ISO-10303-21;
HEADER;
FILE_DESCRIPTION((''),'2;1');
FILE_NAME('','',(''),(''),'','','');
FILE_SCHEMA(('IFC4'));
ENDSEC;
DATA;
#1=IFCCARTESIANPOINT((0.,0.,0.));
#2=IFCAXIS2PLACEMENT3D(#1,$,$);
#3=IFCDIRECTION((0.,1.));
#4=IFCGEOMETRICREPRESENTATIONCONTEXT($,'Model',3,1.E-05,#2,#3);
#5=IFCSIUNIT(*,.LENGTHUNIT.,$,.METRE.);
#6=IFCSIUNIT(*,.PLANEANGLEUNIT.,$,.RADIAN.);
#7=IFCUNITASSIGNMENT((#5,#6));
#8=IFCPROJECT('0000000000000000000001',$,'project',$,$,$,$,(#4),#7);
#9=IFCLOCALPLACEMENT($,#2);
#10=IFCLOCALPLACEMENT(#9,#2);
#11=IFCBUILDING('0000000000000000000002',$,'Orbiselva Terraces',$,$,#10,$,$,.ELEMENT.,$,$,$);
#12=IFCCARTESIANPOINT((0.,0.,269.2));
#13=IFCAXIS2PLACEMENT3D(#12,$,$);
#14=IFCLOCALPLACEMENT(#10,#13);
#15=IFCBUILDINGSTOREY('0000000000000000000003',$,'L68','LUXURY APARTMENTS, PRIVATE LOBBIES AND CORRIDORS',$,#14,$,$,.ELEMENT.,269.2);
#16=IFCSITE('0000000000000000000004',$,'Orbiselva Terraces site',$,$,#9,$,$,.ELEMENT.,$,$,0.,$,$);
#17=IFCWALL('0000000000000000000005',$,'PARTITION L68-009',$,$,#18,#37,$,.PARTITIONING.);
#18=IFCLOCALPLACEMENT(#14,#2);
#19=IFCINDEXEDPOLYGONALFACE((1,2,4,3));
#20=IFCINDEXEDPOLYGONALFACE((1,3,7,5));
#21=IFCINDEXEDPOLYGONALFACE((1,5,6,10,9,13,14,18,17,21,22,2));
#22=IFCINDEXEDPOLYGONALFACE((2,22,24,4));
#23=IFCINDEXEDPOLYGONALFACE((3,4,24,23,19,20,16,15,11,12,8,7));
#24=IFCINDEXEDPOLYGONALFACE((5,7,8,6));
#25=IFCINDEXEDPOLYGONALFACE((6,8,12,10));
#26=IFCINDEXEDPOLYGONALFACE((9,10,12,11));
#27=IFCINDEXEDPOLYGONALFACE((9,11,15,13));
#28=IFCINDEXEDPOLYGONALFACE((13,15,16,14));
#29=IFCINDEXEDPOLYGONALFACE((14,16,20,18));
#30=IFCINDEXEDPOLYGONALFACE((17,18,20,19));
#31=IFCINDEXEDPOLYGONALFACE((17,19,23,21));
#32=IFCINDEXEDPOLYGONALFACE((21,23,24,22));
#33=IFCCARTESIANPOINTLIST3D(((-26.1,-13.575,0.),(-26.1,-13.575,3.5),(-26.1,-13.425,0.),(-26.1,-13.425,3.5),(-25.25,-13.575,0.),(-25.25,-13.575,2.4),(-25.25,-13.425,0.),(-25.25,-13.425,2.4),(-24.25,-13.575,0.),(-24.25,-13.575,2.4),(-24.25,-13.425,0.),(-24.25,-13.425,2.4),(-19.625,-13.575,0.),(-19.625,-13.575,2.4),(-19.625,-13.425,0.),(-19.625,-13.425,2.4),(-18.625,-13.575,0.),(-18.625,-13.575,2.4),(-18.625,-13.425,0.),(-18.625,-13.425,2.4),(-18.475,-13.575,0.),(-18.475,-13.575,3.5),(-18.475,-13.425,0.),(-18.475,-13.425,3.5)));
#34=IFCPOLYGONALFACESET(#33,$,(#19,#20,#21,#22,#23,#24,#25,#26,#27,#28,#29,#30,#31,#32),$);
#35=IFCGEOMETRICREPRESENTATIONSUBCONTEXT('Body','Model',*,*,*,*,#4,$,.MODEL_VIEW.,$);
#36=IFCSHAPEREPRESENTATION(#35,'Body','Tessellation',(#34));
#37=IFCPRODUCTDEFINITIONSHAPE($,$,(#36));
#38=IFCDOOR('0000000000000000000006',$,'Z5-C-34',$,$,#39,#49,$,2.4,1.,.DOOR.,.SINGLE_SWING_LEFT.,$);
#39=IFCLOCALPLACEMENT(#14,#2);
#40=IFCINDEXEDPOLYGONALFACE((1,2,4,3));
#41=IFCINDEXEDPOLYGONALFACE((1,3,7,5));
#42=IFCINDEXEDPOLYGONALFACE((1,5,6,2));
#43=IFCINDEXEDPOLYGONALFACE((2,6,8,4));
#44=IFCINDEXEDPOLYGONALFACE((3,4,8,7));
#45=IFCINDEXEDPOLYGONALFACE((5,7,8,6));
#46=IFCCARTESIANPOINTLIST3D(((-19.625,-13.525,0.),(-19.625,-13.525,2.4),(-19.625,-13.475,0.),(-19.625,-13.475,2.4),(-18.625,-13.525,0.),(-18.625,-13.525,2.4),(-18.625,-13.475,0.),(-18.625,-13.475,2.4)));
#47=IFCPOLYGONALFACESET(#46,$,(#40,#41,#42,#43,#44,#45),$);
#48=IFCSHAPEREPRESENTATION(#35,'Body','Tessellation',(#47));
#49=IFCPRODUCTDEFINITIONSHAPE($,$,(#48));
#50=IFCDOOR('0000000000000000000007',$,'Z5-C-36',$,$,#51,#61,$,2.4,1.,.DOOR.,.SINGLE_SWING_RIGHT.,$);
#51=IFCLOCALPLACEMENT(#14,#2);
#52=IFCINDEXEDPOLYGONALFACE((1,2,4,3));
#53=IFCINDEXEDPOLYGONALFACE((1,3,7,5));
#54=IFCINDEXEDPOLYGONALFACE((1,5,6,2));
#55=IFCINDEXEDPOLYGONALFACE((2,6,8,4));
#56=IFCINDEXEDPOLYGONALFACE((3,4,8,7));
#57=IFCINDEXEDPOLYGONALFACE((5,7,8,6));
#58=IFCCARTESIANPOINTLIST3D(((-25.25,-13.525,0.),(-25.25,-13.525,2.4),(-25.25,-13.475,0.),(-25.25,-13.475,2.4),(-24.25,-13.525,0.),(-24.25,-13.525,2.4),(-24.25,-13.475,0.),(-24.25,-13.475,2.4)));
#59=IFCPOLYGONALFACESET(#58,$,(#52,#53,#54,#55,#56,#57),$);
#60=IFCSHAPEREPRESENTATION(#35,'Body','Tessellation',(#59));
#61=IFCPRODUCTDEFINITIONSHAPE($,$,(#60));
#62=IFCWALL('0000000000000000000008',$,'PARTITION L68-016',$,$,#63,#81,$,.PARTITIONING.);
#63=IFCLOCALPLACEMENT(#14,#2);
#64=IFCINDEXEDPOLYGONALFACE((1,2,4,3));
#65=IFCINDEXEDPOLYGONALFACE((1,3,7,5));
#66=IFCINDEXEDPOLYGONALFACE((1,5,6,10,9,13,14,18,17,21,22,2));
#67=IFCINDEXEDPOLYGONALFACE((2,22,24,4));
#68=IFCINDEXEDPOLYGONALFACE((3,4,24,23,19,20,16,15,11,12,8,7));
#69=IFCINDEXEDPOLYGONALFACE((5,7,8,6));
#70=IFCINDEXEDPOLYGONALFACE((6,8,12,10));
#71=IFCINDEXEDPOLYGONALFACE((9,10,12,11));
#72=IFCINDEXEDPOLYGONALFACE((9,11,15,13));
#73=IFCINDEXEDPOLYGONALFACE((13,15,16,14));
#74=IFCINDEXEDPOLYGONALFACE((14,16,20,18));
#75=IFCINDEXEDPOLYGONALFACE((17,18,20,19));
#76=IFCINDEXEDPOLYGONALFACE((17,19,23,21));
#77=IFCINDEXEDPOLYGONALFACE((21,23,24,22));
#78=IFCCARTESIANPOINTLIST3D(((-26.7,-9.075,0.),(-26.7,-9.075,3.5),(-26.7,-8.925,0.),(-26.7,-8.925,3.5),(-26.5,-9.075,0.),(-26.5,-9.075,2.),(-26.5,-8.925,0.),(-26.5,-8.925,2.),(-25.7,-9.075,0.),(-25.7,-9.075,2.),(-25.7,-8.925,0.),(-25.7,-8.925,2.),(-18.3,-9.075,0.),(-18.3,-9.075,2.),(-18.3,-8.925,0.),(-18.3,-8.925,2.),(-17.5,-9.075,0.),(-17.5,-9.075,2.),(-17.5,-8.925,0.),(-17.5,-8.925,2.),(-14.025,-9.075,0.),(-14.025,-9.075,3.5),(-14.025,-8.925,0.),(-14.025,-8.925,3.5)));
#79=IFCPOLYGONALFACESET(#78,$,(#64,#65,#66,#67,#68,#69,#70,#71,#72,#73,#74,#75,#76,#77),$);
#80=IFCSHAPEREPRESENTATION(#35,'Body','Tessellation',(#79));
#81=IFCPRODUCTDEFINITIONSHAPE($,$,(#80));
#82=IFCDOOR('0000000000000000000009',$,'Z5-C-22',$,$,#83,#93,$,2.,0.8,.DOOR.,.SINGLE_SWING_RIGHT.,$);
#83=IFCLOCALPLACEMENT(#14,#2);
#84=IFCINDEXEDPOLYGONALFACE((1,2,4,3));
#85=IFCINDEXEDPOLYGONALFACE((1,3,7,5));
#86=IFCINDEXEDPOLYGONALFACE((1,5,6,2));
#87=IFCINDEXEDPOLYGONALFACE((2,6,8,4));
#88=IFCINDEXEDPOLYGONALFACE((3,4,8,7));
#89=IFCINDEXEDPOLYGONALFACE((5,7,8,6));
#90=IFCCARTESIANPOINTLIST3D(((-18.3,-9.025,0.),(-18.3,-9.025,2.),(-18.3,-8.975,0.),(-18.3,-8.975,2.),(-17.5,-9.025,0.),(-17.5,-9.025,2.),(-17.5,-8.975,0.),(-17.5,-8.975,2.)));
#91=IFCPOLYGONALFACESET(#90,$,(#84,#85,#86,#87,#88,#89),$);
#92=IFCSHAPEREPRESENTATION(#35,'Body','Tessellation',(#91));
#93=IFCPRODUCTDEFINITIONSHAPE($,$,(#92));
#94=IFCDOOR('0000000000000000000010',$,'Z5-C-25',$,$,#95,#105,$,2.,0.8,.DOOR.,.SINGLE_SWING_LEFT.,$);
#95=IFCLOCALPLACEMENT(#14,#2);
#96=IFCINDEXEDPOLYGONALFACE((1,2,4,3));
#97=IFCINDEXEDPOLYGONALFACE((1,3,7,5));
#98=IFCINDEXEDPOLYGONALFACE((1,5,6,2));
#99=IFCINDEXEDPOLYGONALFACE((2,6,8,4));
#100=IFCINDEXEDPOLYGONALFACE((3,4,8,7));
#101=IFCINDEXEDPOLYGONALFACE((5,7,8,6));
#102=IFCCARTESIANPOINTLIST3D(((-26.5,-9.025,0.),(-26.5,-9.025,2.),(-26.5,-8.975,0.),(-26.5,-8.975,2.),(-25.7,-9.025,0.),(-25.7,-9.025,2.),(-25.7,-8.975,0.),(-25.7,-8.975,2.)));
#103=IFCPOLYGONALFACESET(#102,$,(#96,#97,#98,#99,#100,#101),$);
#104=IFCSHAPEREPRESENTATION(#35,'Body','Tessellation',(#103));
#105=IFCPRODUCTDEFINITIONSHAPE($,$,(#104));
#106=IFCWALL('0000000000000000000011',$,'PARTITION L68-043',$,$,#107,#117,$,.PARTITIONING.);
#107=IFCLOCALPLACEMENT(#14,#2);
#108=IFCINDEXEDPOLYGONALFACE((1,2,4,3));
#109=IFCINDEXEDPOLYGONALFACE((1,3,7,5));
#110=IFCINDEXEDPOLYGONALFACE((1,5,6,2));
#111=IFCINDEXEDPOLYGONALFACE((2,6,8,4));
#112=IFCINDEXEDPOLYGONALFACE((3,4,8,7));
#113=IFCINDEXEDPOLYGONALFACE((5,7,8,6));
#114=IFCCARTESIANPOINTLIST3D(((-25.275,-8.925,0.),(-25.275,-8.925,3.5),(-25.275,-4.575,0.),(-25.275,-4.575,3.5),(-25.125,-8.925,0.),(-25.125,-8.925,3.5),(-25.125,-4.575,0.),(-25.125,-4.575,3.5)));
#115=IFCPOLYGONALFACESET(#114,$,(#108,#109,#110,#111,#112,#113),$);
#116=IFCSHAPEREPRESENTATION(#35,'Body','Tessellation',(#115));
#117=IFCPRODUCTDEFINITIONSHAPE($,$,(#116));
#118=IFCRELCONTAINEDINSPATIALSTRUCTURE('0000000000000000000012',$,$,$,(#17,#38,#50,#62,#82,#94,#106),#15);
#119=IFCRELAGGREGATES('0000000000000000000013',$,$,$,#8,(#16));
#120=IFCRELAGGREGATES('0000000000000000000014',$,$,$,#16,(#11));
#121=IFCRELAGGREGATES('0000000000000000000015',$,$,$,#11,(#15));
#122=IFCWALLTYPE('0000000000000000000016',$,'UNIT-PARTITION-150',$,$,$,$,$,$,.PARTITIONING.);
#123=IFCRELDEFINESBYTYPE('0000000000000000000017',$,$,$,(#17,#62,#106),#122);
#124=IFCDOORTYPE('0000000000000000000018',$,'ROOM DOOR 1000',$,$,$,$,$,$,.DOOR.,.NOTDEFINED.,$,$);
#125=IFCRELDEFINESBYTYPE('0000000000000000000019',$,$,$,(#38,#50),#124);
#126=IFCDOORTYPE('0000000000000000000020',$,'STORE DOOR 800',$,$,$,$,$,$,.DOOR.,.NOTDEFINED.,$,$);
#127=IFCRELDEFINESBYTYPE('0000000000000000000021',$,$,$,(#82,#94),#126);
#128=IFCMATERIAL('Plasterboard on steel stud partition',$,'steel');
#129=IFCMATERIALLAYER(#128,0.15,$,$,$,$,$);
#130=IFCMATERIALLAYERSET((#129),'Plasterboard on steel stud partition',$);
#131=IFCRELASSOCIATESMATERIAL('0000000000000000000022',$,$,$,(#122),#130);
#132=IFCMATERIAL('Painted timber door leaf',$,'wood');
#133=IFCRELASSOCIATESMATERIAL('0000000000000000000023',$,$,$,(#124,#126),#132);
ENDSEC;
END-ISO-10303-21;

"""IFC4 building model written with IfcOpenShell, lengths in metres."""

from ifc_helpers import new_model, si_unit, direction, frame, frame_2d, origin, place, context, subcontext, project, spatial, rectangle, extrude, material, layer, layer_set, type_object, element, fill, save


model = new_model("IFC4")

# Units and contexts
model_context = context("Model", 3, precision=1e-05, world=origin(), true_north=direction((0.0, 1.0)))
body_context = subcontext(model_context, "Body", "Model", "MODEL_VIEW")
ifc_project = project(units=[si_unit("LENGTHUNIT", "METRE"), si_unit("PLANEANGLEUNIT", "RADIAN")], contexts=[model_context])

# Site, building, storey
site_placement = place(None, origin())
site = spatial("IfcSite", under=ifc_project, at=site_placement, Name="Orbiselva Terraces site", CompositionType="ELEMENT", RefElevation=0.0)
building_placement = place(site_placement, origin())
building = spatial("IfcBuilding", under=site, at=building_placement, Name="Orbiselva Terraces", CompositionType="ELEMENT")
storey_placement = place(building_placement, frame((0.0, 0.0, 269.2)))
storey = spatial("IfcBuildingStorey", under=building, at=storey_placement, Name="L68", Description="LUXURY APARTMENTS, PRIVATE LOBBIES AND CORRIDORS", CompositionType="ELEMENT", Elevation=269.2)

# Shared definitions
ifc_material_1 = material(Name="Plasterboard on steel stud partition", Category="steel")
ifc_layer_1 = layer(ifc_material_1, 0.15)
ifc_layer_set_1 = layer_set([ifc_layer_1], Name="Plasterboard on steel stud partition")
wall_type_1 = type_object("IfcWallType", Name="UNIT-PARTITION-150", PredefinedType="PARTITIONING", material=ifc_layer_set_1)
ifc_material_2 = material(Name="Painted timber door leaf", Category="wood")

# Walls, openings, doors
wall_1_placement = place(storey_placement, frame((-18.475, -13.5, 0.0), z_axis=(0.0, 0.0, 1.0), x_axis=(-1.0, 0.0, 0.0)))
wall_1 = element("IfcWall", 1, at=wall_1_placement, inside=storey, type_object=wall_type_1, Name="PARTITION L68-009", PredefinedType="PARTITIONING", context=body_context, shape_type="SweptSolid", body=[
    extrude(rectangle(XDim=7.625, YDim=0.15, at=frame_2d((3.8125, 0.0))), origin(), (0.0, 0.0, 1.0), 3.5),
])
opening_1_placement = place(wall_1_placement, frame((0.15, 0.0, 0.0)))
opening_1 = element("IfcOpeningElement", 2, at=opening_1_placement, cuts=wall_1, PredefinedType="OPENING", context=body_context, shape_type="SweptSolid", body=[
    extrude(rectangle(XDim=1.0, YDim=2.4, at=frame_2d((0.5, 1.2))), frame((0.0, 0.085, 0.0), z_axis=(0.0, -1.0, 0.0), x_axis=(1.0, 0.0, 0.0)), (0.0, 0.0, 1.0), 0.17),
])
opening_2_placement = place(wall_1_placement, frame((5.775, 0.0, 0.0)))
opening_2 = element("IfcOpeningElement", 3, at=opening_2_placement, cuts=wall_1, PredefinedType="OPENING", context=body_context, shape_type="SweptSolid", body=[
    extrude(rectangle(XDim=1.0, YDim=2.4, at=frame_2d((0.5, 1.2))), frame((0.0, 0.085, 0.0), z_axis=(0.0, -1.0, 0.0), x_axis=(1.0, 0.0, 0.0)), (0.0, 0.0, 1.0), 0.17),
])
door_type_1 = type_object("IfcDoorType", Name="ROOM DOOR 1000", OperationType="NOTDEFINED", PredefinedType="DOOR", material=ifc_material_2)
door_1_placement = place(opening_1_placement, origin())
door_1 = element("IfcDoor", 4, at=door_1_placement, inside=storey, type_object=door_type_1, Name="Z5-C-34", OperationType="SINGLE_SWING_LEFT", OverallHeight=2.4, OverallWidth=1.0, PredefinedType="DOOR", context=body_context, shape_type="SweptSolid", body=[
    extrude(rectangle(XDim=1.0, YDim=2.4, at=frame_2d((0.5, 1.2))), frame((0.0, 0.025, 0.0), z_axis=(0.0, -1.0, 0.0), x_axis=(1.0, 0.0, 0.0)), (0.0, 0.0, 1.0), 0.05),
])
fill(opening_1, door_1)
door_2_placement = place(opening_2_placement, origin())
door_2 = element("IfcDoor", 5, at=door_2_placement, inside=storey, type_object=door_type_1, Name="Z5-C-36", OperationType="SINGLE_SWING_RIGHT", OverallHeight=2.4, OverallWidth=1.0, PredefinedType="DOOR", context=body_context, shape_type="SweptSolid", body=[
    extrude(rectangle(XDim=1.0, YDim=2.4, at=frame_2d((0.5, 1.2))), frame((0.0, 0.025, 0.0), z_axis=(0.0, -1.0, 0.0), x_axis=(1.0, 0.0, 0.0)), (0.0, 0.0, 1.0), 0.05),
])
fill(opening_2, door_2)
wall_2_placement = place(storey_placement, frame((-26.7, -9.0, 0.0), z_axis=(0.0, 0.0, 1.0), x_axis=(1.0, 0.0, 0.0)))
wall_2 = element("IfcWall", 6, at=wall_2_placement, inside=storey, type_object=wall_type_1, Name="PARTITION L68-016", PredefinedType="PARTITIONING", context=body_context, shape_type="SweptSolid", body=[
    extrude(rectangle(XDim=12.675, YDim=0.15, at=frame_2d((6.3375, 0.0))), origin(), (0.0, 0.0, 1.0), 3.5),
])
opening_3_placement = place(wall_2_placement, frame((8.4, 0.0, 0.0)))
opening_3 = element("IfcOpeningElement", 7, at=opening_3_placement, cuts=wall_2, PredefinedType="OPENING", context=body_context, shape_type="SweptSolid", body=[
    extrude(rectangle(XDim=0.8, YDim=2.0, at=frame_2d((0.4, 1.0))), frame((0.0, 0.085, 0.0), z_axis=(0.0, -1.0, 0.0), x_axis=(1.0, 0.0, 0.0)), (0.0, 0.0, 1.0), 0.17),
])
opening_4_placement = place(wall_2_placement, frame((0.2, 0.0, 0.0)))
opening_4 = element("IfcOpeningElement", 8, at=opening_4_placement, cuts=wall_2, PredefinedType="OPENING", context=body_context, shape_type="SweptSolid", body=[
    extrude(rectangle(XDim=0.8, YDim=2.0, at=frame_2d((0.4, 1.0))), frame((0.0, 0.085, 0.0), z_axis=(0.0, -1.0, 0.0), x_axis=(1.0, 0.0, 0.0)), (0.0, 0.0, 1.0), 0.17),
])
door_type_2 = type_object("IfcDoorType", Name="STORE DOOR 800", OperationType="NOTDEFINED", PredefinedType="DOOR", material=ifc_material_2)
door_3_placement = place(opening_3_placement, origin())
door_3 = element("IfcDoor", 9, at=door_3_placement, inside=storey, type_object=door_type_2, Name="Z5-C-22", OperationType="SINGLE_SWING_RIGHT", OverallHeight=2.0, OverallWidth=0.8, PredefinedType="DOOR", context=body_context, shape_type="SweptSolid", body=[
    extrude(rectangle(XDim=0.8, YDim=2.0, at=frame_2d((0.4, 1.0))), frame((0.0, 0.025, 0.0), z_axis=(0.0, -1.0, 0.0), x_axis=(1.0, 0.0, 0.0)), (0.0, 0.0, 1.0), 0.05),
])
fill(opening_3, door_3)
door_4_placement = place(opening_4_placement, origin())
door_4 = element("IfcDoor", 10, at=door_4_placement, inside=storey, type_object=door_type_2, Name="Z5-C-25", OperationType="SINGLE_SWING_LEFT", OverallHeight=2.0, OverallWidth=0.8, PredefinedType="DOOR", context=body_context, shape_type="SweptSolid", body=[
    extrude(rectangle(XDim=0.8, YDim=2.0, at=frame_2d((0.4, 1.0))), frame((0.0, 0.025, 0.0), z_axis=(0.0, -1.0, 0.0), x_axis=(1.0, 0.0, 0.0)), (0.0, 0.0, 1.0), 0.05),
])
fill(opening_4, door_4)

# Wall
wall_3_placement = place(storey_placement, frame((-25.2, -8.925, 0.0), z_axis=(0.0, 0.0, 1.0), x_axis=(0.0, 1.0, 0.0)))
element("IfcWall", 11, at=wall_3_placement, inside=storey, type_object=wall_type_1, Name="PARTITION L68-043", PredefinedType="PARTITIONING", context=body_context, shape_type="SweptSolid", body=[
    extrude(rectangle(XDim=4.35, YDim=0.15, at=frame_2d((2.175, 0.0))), origin(), (0.0, 0.0, 1.0), 3.5),
])

save(model, "model.ifc")
